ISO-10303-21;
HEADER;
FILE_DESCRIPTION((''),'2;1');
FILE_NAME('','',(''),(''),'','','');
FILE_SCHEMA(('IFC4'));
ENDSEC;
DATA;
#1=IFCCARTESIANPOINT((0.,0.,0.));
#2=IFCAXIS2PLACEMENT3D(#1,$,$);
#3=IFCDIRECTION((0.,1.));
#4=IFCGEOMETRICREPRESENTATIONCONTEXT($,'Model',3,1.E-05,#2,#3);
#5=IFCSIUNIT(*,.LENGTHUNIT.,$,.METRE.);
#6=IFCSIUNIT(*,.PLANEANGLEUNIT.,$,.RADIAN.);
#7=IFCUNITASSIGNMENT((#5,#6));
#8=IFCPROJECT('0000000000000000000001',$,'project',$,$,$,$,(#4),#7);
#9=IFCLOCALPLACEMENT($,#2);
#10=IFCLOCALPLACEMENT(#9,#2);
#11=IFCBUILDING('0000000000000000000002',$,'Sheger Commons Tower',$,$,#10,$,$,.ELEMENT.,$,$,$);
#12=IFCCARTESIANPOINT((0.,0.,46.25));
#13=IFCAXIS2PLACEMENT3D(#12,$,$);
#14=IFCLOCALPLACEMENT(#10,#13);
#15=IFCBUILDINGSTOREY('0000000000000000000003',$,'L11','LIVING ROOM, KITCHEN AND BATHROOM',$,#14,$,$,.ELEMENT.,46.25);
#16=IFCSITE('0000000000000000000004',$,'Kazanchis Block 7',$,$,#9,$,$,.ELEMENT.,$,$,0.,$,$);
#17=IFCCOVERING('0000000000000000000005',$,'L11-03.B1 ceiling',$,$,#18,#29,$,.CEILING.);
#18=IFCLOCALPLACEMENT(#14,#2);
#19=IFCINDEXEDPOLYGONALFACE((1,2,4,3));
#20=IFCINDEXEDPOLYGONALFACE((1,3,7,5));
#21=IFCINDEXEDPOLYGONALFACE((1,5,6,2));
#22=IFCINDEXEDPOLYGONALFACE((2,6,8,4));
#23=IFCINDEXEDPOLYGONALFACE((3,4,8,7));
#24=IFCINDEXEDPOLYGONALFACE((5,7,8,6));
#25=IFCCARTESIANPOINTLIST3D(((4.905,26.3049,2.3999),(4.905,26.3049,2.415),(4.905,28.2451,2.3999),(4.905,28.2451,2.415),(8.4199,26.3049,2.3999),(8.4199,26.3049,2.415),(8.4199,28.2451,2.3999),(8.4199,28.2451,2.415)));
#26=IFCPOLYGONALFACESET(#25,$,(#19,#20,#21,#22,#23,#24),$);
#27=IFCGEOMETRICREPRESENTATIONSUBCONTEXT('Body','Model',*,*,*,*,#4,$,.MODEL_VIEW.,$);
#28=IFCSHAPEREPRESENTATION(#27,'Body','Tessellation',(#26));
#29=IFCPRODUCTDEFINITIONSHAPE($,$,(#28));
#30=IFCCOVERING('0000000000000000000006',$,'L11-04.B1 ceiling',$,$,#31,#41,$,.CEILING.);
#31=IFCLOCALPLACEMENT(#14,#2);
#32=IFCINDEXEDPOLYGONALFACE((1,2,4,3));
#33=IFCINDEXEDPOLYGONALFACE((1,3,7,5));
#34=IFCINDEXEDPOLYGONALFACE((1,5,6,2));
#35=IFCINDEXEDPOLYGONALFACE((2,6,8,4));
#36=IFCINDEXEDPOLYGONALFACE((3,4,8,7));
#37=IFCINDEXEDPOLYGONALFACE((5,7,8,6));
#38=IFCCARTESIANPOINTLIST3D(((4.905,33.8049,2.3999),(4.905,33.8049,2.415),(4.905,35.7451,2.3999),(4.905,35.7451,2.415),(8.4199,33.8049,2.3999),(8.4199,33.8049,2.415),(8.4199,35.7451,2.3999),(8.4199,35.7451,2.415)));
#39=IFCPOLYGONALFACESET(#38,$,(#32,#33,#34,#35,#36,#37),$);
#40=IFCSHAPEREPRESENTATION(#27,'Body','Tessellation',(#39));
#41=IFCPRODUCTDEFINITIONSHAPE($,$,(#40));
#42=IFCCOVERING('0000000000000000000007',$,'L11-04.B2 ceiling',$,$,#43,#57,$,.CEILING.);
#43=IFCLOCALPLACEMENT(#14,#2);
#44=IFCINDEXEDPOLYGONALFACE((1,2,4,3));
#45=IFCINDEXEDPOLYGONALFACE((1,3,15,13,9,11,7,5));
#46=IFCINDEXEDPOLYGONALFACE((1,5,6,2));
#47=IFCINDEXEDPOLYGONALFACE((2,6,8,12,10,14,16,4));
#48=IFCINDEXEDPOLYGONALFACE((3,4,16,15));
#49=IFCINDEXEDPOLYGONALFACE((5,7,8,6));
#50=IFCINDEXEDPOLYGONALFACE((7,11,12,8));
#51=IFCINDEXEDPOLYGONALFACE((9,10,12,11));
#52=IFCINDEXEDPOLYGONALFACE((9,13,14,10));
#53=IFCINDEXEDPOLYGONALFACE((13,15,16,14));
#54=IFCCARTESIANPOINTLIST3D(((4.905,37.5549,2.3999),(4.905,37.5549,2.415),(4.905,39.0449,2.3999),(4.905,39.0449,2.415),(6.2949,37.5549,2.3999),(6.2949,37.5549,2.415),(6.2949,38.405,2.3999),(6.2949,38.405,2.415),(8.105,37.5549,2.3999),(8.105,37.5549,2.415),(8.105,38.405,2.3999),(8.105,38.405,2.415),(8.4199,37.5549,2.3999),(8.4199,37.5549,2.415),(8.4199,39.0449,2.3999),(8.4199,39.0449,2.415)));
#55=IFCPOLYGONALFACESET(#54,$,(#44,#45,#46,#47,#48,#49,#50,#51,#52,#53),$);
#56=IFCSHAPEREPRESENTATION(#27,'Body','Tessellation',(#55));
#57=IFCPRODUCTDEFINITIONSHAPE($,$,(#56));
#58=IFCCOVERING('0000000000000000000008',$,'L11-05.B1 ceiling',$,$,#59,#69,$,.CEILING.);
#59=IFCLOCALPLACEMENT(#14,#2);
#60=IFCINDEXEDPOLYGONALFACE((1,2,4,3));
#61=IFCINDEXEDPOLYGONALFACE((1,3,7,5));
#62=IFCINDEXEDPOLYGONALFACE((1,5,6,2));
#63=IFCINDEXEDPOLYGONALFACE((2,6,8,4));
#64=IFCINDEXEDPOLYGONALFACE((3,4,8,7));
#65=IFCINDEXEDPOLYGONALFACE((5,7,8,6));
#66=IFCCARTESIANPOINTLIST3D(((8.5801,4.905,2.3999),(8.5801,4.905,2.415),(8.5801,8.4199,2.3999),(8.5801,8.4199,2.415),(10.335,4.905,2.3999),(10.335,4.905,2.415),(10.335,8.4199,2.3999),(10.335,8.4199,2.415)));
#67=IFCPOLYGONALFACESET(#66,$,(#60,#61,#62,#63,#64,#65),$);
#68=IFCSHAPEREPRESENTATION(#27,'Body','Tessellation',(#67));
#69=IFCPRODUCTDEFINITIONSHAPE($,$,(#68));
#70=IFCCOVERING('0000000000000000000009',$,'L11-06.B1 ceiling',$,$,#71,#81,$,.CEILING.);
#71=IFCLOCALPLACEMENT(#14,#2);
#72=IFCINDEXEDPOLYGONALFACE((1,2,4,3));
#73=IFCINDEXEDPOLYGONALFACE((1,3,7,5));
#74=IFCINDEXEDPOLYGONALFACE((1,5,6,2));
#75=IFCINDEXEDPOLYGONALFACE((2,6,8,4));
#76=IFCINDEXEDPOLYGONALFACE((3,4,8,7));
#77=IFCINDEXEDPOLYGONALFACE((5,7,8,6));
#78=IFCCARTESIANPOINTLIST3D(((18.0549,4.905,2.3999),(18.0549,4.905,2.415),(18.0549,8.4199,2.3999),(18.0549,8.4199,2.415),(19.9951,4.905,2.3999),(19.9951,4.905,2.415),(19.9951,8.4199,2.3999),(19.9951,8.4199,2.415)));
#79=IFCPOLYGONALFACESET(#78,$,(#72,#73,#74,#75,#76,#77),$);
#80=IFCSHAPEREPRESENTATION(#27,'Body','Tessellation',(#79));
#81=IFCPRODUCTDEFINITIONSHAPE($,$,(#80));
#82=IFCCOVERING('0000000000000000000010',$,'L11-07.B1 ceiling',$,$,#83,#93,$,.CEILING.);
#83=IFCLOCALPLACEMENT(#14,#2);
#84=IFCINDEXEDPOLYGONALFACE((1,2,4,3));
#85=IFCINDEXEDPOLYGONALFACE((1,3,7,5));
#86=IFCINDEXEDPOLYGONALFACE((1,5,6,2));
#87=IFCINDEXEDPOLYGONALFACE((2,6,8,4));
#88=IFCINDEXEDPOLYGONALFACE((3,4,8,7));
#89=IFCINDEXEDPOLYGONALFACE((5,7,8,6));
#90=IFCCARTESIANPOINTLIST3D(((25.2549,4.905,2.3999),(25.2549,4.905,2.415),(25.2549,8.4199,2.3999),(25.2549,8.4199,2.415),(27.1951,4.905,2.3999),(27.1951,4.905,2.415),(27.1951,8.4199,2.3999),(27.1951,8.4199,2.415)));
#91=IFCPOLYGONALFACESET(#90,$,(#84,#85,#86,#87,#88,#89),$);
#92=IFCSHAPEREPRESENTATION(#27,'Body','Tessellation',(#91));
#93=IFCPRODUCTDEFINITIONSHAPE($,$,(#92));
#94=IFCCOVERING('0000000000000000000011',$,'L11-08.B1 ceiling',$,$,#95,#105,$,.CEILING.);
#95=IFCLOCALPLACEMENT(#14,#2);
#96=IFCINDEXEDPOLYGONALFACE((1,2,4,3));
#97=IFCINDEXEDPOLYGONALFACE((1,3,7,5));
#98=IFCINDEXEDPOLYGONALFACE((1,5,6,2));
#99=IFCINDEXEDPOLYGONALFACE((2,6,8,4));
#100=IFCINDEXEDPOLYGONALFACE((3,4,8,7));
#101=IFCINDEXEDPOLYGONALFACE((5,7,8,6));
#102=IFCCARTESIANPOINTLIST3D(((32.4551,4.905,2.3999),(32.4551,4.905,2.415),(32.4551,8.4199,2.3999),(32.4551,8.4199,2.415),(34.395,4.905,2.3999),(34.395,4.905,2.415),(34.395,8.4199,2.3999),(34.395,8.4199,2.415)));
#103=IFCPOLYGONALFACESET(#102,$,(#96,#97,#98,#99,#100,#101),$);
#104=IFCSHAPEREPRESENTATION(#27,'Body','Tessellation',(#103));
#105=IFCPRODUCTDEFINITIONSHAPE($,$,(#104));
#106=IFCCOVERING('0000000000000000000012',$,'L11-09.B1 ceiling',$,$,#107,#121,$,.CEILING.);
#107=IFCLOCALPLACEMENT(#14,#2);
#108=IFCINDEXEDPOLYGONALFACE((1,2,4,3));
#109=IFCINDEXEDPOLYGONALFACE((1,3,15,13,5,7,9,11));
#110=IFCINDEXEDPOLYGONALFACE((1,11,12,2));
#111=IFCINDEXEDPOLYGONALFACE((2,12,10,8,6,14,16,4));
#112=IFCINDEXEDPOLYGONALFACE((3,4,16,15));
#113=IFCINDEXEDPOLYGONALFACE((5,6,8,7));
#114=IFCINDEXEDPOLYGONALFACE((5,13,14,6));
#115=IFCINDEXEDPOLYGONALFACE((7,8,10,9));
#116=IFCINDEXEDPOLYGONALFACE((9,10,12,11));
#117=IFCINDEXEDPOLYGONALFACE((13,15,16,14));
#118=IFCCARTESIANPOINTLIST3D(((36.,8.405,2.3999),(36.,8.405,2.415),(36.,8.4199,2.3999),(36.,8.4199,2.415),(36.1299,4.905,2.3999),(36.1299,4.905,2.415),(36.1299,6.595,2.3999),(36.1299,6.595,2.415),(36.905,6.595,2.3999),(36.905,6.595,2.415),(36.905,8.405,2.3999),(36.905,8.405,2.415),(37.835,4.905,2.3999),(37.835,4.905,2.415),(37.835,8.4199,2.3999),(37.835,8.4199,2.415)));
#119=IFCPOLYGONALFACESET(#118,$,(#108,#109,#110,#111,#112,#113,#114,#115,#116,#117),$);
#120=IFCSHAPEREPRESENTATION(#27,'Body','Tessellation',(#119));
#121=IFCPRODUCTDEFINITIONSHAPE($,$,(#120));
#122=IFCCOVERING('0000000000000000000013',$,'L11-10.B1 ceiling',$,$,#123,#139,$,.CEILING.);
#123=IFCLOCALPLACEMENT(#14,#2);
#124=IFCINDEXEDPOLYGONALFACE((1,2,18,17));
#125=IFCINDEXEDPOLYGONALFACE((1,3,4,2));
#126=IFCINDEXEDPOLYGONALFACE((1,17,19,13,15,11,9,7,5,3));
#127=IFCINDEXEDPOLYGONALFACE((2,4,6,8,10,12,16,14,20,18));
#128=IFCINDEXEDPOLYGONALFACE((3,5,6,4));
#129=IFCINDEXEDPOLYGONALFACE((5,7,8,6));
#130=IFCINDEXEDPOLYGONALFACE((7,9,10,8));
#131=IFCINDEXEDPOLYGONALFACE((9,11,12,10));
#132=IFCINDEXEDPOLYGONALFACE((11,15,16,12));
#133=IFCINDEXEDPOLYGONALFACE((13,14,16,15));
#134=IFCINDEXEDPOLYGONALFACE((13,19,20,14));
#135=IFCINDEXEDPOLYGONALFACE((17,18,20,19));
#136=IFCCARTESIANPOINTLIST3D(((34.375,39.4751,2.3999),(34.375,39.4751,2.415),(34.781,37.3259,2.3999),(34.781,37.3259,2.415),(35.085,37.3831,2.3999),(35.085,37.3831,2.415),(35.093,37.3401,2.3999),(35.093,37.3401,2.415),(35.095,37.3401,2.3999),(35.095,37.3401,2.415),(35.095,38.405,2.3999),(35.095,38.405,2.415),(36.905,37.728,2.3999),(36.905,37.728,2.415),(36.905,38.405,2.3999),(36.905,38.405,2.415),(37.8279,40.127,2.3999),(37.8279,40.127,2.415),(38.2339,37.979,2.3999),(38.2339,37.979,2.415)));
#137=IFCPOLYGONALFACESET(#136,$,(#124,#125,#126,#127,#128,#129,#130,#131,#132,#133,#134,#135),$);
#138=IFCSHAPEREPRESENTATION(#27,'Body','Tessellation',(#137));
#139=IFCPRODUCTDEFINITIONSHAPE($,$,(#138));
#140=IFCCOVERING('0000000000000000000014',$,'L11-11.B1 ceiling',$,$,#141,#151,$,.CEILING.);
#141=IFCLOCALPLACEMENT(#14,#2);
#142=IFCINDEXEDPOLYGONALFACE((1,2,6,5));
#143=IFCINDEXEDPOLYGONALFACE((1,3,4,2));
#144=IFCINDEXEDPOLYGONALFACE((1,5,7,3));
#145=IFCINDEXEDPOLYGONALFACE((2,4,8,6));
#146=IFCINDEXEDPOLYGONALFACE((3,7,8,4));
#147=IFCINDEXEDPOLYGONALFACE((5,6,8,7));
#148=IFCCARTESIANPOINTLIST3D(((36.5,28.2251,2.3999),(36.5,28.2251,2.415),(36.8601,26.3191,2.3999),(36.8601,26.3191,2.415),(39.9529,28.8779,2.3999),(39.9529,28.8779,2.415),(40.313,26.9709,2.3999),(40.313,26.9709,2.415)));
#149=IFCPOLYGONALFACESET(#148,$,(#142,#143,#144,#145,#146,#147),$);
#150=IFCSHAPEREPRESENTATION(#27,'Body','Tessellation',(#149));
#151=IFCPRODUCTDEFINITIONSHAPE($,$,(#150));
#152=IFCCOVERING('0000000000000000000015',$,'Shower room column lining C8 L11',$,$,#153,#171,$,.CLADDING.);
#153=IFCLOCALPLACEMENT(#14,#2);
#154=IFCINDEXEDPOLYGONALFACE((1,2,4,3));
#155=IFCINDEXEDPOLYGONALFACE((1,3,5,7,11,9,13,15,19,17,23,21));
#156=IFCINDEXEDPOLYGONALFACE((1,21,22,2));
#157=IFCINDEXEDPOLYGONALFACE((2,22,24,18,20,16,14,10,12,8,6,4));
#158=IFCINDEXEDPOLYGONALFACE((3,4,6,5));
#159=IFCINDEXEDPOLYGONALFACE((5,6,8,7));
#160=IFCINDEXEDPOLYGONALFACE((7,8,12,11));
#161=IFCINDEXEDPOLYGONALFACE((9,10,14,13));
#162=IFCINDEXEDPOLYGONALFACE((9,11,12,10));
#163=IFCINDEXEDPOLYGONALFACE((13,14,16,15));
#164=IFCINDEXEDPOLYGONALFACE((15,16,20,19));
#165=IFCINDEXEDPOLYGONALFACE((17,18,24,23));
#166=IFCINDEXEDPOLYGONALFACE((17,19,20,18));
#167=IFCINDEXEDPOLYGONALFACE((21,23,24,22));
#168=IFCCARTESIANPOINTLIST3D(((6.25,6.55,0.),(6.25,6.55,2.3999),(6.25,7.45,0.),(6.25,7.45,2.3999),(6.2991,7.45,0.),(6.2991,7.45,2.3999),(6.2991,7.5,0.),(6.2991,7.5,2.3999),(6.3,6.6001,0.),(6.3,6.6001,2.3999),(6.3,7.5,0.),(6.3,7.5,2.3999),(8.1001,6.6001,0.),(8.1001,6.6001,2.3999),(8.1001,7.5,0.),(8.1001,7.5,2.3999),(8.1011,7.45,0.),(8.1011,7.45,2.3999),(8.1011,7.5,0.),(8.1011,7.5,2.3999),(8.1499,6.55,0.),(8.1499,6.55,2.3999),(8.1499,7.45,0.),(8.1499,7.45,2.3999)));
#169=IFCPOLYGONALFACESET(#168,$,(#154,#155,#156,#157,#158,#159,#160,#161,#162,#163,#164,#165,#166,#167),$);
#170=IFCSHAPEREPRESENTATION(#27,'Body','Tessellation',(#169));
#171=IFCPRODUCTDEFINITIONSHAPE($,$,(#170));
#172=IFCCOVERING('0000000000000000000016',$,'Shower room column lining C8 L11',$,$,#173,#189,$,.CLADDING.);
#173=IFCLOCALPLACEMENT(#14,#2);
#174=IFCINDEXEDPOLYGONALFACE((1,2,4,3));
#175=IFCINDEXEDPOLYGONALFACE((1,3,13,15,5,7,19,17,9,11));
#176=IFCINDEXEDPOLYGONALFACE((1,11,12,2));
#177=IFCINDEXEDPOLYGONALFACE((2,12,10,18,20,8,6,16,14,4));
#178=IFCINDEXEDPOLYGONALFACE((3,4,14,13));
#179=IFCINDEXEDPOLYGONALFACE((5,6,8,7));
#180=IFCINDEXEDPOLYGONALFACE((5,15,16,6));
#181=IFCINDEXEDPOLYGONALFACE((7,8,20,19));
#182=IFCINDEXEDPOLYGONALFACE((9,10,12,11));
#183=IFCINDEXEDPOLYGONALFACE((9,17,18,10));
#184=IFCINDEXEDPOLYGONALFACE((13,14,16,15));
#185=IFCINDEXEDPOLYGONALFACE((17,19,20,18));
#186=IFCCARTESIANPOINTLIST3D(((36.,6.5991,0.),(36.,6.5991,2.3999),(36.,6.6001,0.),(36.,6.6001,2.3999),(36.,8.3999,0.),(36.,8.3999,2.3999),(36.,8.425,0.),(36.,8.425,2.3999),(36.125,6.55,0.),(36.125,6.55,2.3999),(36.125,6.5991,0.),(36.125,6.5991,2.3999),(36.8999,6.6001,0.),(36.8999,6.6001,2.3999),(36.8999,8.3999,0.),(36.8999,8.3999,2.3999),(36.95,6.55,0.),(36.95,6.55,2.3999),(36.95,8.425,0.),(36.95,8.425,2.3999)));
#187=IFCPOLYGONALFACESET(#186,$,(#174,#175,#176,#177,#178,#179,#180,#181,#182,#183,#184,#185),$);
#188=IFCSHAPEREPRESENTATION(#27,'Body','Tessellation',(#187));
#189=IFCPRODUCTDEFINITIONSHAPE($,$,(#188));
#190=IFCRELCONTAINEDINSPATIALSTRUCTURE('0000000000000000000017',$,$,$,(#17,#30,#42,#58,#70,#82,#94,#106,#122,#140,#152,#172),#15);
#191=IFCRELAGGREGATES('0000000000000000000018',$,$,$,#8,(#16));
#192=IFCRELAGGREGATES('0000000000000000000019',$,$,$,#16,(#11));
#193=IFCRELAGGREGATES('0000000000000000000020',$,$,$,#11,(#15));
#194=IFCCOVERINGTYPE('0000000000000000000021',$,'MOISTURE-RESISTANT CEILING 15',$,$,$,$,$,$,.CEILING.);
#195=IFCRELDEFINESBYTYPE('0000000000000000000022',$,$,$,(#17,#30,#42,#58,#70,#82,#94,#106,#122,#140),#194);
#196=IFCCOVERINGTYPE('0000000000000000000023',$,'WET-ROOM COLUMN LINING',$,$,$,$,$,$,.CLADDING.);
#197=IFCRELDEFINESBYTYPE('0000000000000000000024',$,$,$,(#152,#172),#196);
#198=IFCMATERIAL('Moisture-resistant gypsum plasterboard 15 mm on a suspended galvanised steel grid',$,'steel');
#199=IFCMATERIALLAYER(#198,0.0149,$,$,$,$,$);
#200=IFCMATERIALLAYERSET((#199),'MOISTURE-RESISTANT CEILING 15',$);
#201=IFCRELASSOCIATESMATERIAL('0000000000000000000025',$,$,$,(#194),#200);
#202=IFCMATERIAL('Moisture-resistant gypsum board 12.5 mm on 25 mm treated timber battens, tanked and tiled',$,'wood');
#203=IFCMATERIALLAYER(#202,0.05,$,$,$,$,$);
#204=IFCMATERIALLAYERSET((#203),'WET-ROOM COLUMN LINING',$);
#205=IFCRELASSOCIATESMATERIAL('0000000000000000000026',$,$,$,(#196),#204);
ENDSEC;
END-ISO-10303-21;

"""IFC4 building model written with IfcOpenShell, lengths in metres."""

from ifc_helpers import new_model, si_unit, direction, frame, origin, place, context, subcontext, project, spatial, polyline, outline, extrude, material, layer, layer_set, type_object, element, save


model = new_model("IFC4")

# Units and contexts
model_context = context("Model", 3, precision=1e-05, world=origin(), true_north=direction((0.0, 1.0)))
body_context = subcontext(model_context, "Body", "Model", "MODEL_VIEW")
ifc_project = project(units=[si_unit("LENGTHUNIT", "METRE"), si_unit("PLANEANGLEUNIT", "RADIAN")], contexts=[model_context])

# Site, building, storey
site_placement = place(None, origin())
site = spatial("IfcSite", under=ifc_project, at=site_placement, Name="Kazanchis Block 7", CompositionType="ELEMENT", RefElevation=0.0)
building_placement = place(site_placement, origin())
building = spatial("IfcBuilding", under=site, at=building_placement, Name="Sheger Commons Tower", CompositionType="ELEMENT")
storey_placement = place(building_placement, frame((0.0, 0.0, 46.25)))
storey = spatial("IfcBuildingStorey", under=building, at=storey_placement, Name="L11", Description="LIVING ROOM, KITCHEN AND BATHROOM", CompositionType="ELEMENT", Elevation=46.25)

# Coverings
ifc_material_1 = material(Name="Moisture-resistant gypsum plasterboard 15 mm on a suspended galvanised steel grid", Category="steel")
ifc_layer_1 = layer(ifc_material_1, 0.0149)
ifc_layer_set_1 = layer_set([ifc_layer_1], Name="MOISTURE-RESISTANT CEILING 15")
covering_type_1 = type_object("IfcCoveringType", Name="MOISTURE-RESISTANT CEILING 15", PredefinedType="CEILING", material=ifc_layer_set_1)
covering_1_placement = place(storey_placement, frame((0.0, 0.0, 2.3999)))
element("IfcCovering", 1, at=covering_1_placement, inside=storey, type_object=covering_type_1, Name="L11-03.B1 ceiling", PredefinedType="CEILING", context=body_context, shape_type="SweptSolid", body=[
    extrude(outline(polyline([(4.905, 26.3049), (8.4199, 26.3049), (8.4199, 28.2451), (4.905, 28.2451), (4.905, 26.3049)])), origin(), (0.0, 0.0, 1.0), 0.0151),
])
covering_2_placement = place(storey_placement, frame((0.0, 0.0, 2.3999)))
element("IfcCovering", 2, at=covering_2_placement, inside=storey, type_object=covering_type_1, Name="L11-04.B1 ceiling", PredefinedType="CEILING", context=body_context, shape_type="SweptSolid", body=[
    extrude(outline(polyline([(4.905, 33.8049), (8.4199, 33.8049), (8.4199, 35.7451), (4.905, 35.7451), (4.905, 33.8049)])), origin(), (0.0, 0.0, 1.0), 0.0151),
])
covering_3_placement = place(storey_placement, frame((0.0, 0.0, 2.3999)))
element("IfcCovering", 3, at=covering_3_placement, inside=storey, type_object=covering_type_1, Name="L11-04.B2 ceiling", PredefinedType="CEILING", context=body_context, shape_type="SweptSolid", body=[
    extrude(outline(polyline([(4.905, 37.5549), (6.2949, 37.5549), (6.2949, 38.405), (8.105, 38.405), (8.105, 37.5549), (8.4199, 37.5549), (8.4199, 39.0449), (4.905, 39.0449), (4.905, 37.5549)])), origin(), (0.0, 0.0, 1.0), 0.0151),
])
covering_4_placement = place(storey_placement, frame((0.0, 0.0, 2.3999)))
element("IfcCovering", 4, at=covering_4_placement, inside=storey, type_object=covering_type_1, Name="L11-05.B1 ceiling", PredefinedType="CEILING", context=body_context, shape_type="SweptSolid", body=[
    extrude(outline(polyline([(8.5801, 4.905), (10.335, 4.905), (10.335, 8.4199), (8.5801, 8.4199), (8.5801, 4.905)])), origin(), (0.0, 0.0, 1.0), 0.0151),
])
covering_5_placement = place(storey_placement, frame((0.0, 0.0, 2.3999)))
element("IfcCovering", 5, at=covering_5_placement, inside=storey, type_object=covering_type_1, Name="L11-06.B1 ceiling", PredefinedType="CEILING", context=body_context, shape_type="SweptSolid", body=[
    extrude(outline(polyline([(18.0549, 4.905), (19.9951, 4.905), (19.9951, 8.4199), (18.0549, 8.4199), (18.0549, 4.905)])), origin(), (0.0, 0.0, 1.0), 0.0151),
])
covering_6_placement = place(storey_placement, frame((0.0, 0.0, 2.3999)))
element("IfcCovering", 6, at=covering_6_placement, inside=storey, type_object=covering_type_1, Name="L11-07.B1 ceiling", PredefinedType="CEILING", context=body_context, shape_type="SweptSolid", body=[
    extrude(outline(polyline([(25.2549, 4.905), (27.1951, 4.905), (27.1951, 8.4199), (25.2549, 8.4199), (25.2549, 4.905)])), origin(), (0.0, 0.0, 1.0), 0.0151),
])
covering_7_placement = place(storey_placement, frame((0.0, 0.0, 2.3999)))
element("IfcCovering", 7, at=covering_7_placement, inside=storey, type_object=covering_type_1, Name="L11-08.B1 ceiling", PredefinedType="CEILING", context=body_context, shape_type="SweptSolid", body=[
    extrude(outline(polyline([(32.4551, 4.905), (34.395, 4.905), (34.395, 8.4199), (32.4551, 8.4199), (32.4551, 4.905)])), origin(), (0.0, 0.0, 1.0), 0.0151),
])
covering_8_placement = place(storey_placement, frame((0.0, 0.0, 2.3999)))
element("IfcCovering", 8, at=covering_8_placement, inside=storey, type_object=covering_type_1, Name="L11-09.B1 ceiling", PredefinedType="CEILING", context=body_context, shape_type="SweptSolid", body=[
    extrude(outline(polyline([(36.1299, 4.905), (37.835, 4.905), (37.835, 8.4199), (36.0, 8.4199), (36.0, 8.405), (36.905, 8.405), (36.905, 6.595), (36.1299, 6.595), (36.1299, 4.905)])), origin(), (0.0, 0.0, 1.0), 0.0151),
])
covering_9_placement = place(storey_placement, frame((0.0, 0.0, 2.3999)))
element("IfcCovering", 9, at=covering_9_placement, inside=storey, type_object=covering_type_1, Name="L11-10.B1 ceiling", PredefinedType="CEILING", context=body_context, shape_type="SweptSolid", body=[
    extrude(outline(polyline([(34.781, 37.3259), (35.085, 37.3831), (35.093, 37.3401), (35.095, 37.3401), (35.095, 38.405), (36.905, 38.405), (36.905, 37.728), (38.2339, 37.979), (37.8279, 40.127), (34.375, 39.4751), (34.781, 37.3259)])), origin(), (0.0, 0.0, 1.0), 0.0151),
])
covering_10_placement = place(storey_placement, frame((0.0, 0.0, 2.3999)))
element("IfcCovering", 10, at=covering_10_placement, inside=storey, type_object=covering_type_1, Name="L11-11.B1 ceiling", PredefinedType="CEILING", context=body_context, shape_type="SweptSolid", body=[
    extrude(outline(polyline([(36.8601, 26.3191), (40.313, 26.9709), (39.9529, 28.8779), (36.5, 28.2251), (36.8601, 26.3191)])), origin(), (0.0, 0.0, 1.0), 0.0151),
])
ifc_material_2 = material(Name="Moisture-resistant gypsum board 12.5 mm on 25 mm treated timber battens, tanked and tiled", Category="wood")
ifc_layer_2 = layer(ifc_material_2, 0.05)
ifc_layer_set_2 = layer_set([ifc_layer_2], Name="WET-ROOM COLUMN LINING")
covering_type_2 = type_object("IfcCoveringType", Name="WET-ROOM COLUMN LINING", PredefinedType="CLADDING", material=ifc_layer_set_2)
covering_11_placement = place(storey_placement, origin())
element("IfcCovering", 11, at=covering_11_placement, inside=storey, type_object=covering_type_2, Name="Shower room column lining C8 L11", PredefinedType="CLADDING", context=body_context, shape_type="SweptSolid", body=[
    extrude(outline(polyline([(6.3, 7.5), (6.3, 6.6001), (8.1001, 6.6001), (8.1001, 7.5), (8.1011, 7.5), (8.1011, 7.45), (8.1499, 7.45), (8.1499, 6.55), (6.25, 6.55), (6.25, 7.45), (6.2991, 7.45), (6.2991, 7.5), (6.3, 7.5)])), origin(), (0.0, 0.0, 1.0), 2.3999),
])
covering_12_placement = place(storey_placement, origin())
element("IfcCovering", 12, at=covering_12_placement, inside=storey, type_object=covering_type_2, Name="Shower room column lining C8 L11", PredefinedType="CLADDING", context=body_context, shape_type="SweptSolid", body=[
    extrude(outline(polyline([(36.95, 6.55), (36.125, 6.55), (36.125, 6.5991), (36.0, 6.5991), (36.0, 6.6001), (36.8999, 6.6001), (36.8999, 8.3999), (36.0, 8.3999), (36.0, 8.425), (36.95, 8.425), (36.95, 6.55)])), origin(), (0.0, 0.0, 1.0), 2.3999),
])

save(model, "model.ifc")
